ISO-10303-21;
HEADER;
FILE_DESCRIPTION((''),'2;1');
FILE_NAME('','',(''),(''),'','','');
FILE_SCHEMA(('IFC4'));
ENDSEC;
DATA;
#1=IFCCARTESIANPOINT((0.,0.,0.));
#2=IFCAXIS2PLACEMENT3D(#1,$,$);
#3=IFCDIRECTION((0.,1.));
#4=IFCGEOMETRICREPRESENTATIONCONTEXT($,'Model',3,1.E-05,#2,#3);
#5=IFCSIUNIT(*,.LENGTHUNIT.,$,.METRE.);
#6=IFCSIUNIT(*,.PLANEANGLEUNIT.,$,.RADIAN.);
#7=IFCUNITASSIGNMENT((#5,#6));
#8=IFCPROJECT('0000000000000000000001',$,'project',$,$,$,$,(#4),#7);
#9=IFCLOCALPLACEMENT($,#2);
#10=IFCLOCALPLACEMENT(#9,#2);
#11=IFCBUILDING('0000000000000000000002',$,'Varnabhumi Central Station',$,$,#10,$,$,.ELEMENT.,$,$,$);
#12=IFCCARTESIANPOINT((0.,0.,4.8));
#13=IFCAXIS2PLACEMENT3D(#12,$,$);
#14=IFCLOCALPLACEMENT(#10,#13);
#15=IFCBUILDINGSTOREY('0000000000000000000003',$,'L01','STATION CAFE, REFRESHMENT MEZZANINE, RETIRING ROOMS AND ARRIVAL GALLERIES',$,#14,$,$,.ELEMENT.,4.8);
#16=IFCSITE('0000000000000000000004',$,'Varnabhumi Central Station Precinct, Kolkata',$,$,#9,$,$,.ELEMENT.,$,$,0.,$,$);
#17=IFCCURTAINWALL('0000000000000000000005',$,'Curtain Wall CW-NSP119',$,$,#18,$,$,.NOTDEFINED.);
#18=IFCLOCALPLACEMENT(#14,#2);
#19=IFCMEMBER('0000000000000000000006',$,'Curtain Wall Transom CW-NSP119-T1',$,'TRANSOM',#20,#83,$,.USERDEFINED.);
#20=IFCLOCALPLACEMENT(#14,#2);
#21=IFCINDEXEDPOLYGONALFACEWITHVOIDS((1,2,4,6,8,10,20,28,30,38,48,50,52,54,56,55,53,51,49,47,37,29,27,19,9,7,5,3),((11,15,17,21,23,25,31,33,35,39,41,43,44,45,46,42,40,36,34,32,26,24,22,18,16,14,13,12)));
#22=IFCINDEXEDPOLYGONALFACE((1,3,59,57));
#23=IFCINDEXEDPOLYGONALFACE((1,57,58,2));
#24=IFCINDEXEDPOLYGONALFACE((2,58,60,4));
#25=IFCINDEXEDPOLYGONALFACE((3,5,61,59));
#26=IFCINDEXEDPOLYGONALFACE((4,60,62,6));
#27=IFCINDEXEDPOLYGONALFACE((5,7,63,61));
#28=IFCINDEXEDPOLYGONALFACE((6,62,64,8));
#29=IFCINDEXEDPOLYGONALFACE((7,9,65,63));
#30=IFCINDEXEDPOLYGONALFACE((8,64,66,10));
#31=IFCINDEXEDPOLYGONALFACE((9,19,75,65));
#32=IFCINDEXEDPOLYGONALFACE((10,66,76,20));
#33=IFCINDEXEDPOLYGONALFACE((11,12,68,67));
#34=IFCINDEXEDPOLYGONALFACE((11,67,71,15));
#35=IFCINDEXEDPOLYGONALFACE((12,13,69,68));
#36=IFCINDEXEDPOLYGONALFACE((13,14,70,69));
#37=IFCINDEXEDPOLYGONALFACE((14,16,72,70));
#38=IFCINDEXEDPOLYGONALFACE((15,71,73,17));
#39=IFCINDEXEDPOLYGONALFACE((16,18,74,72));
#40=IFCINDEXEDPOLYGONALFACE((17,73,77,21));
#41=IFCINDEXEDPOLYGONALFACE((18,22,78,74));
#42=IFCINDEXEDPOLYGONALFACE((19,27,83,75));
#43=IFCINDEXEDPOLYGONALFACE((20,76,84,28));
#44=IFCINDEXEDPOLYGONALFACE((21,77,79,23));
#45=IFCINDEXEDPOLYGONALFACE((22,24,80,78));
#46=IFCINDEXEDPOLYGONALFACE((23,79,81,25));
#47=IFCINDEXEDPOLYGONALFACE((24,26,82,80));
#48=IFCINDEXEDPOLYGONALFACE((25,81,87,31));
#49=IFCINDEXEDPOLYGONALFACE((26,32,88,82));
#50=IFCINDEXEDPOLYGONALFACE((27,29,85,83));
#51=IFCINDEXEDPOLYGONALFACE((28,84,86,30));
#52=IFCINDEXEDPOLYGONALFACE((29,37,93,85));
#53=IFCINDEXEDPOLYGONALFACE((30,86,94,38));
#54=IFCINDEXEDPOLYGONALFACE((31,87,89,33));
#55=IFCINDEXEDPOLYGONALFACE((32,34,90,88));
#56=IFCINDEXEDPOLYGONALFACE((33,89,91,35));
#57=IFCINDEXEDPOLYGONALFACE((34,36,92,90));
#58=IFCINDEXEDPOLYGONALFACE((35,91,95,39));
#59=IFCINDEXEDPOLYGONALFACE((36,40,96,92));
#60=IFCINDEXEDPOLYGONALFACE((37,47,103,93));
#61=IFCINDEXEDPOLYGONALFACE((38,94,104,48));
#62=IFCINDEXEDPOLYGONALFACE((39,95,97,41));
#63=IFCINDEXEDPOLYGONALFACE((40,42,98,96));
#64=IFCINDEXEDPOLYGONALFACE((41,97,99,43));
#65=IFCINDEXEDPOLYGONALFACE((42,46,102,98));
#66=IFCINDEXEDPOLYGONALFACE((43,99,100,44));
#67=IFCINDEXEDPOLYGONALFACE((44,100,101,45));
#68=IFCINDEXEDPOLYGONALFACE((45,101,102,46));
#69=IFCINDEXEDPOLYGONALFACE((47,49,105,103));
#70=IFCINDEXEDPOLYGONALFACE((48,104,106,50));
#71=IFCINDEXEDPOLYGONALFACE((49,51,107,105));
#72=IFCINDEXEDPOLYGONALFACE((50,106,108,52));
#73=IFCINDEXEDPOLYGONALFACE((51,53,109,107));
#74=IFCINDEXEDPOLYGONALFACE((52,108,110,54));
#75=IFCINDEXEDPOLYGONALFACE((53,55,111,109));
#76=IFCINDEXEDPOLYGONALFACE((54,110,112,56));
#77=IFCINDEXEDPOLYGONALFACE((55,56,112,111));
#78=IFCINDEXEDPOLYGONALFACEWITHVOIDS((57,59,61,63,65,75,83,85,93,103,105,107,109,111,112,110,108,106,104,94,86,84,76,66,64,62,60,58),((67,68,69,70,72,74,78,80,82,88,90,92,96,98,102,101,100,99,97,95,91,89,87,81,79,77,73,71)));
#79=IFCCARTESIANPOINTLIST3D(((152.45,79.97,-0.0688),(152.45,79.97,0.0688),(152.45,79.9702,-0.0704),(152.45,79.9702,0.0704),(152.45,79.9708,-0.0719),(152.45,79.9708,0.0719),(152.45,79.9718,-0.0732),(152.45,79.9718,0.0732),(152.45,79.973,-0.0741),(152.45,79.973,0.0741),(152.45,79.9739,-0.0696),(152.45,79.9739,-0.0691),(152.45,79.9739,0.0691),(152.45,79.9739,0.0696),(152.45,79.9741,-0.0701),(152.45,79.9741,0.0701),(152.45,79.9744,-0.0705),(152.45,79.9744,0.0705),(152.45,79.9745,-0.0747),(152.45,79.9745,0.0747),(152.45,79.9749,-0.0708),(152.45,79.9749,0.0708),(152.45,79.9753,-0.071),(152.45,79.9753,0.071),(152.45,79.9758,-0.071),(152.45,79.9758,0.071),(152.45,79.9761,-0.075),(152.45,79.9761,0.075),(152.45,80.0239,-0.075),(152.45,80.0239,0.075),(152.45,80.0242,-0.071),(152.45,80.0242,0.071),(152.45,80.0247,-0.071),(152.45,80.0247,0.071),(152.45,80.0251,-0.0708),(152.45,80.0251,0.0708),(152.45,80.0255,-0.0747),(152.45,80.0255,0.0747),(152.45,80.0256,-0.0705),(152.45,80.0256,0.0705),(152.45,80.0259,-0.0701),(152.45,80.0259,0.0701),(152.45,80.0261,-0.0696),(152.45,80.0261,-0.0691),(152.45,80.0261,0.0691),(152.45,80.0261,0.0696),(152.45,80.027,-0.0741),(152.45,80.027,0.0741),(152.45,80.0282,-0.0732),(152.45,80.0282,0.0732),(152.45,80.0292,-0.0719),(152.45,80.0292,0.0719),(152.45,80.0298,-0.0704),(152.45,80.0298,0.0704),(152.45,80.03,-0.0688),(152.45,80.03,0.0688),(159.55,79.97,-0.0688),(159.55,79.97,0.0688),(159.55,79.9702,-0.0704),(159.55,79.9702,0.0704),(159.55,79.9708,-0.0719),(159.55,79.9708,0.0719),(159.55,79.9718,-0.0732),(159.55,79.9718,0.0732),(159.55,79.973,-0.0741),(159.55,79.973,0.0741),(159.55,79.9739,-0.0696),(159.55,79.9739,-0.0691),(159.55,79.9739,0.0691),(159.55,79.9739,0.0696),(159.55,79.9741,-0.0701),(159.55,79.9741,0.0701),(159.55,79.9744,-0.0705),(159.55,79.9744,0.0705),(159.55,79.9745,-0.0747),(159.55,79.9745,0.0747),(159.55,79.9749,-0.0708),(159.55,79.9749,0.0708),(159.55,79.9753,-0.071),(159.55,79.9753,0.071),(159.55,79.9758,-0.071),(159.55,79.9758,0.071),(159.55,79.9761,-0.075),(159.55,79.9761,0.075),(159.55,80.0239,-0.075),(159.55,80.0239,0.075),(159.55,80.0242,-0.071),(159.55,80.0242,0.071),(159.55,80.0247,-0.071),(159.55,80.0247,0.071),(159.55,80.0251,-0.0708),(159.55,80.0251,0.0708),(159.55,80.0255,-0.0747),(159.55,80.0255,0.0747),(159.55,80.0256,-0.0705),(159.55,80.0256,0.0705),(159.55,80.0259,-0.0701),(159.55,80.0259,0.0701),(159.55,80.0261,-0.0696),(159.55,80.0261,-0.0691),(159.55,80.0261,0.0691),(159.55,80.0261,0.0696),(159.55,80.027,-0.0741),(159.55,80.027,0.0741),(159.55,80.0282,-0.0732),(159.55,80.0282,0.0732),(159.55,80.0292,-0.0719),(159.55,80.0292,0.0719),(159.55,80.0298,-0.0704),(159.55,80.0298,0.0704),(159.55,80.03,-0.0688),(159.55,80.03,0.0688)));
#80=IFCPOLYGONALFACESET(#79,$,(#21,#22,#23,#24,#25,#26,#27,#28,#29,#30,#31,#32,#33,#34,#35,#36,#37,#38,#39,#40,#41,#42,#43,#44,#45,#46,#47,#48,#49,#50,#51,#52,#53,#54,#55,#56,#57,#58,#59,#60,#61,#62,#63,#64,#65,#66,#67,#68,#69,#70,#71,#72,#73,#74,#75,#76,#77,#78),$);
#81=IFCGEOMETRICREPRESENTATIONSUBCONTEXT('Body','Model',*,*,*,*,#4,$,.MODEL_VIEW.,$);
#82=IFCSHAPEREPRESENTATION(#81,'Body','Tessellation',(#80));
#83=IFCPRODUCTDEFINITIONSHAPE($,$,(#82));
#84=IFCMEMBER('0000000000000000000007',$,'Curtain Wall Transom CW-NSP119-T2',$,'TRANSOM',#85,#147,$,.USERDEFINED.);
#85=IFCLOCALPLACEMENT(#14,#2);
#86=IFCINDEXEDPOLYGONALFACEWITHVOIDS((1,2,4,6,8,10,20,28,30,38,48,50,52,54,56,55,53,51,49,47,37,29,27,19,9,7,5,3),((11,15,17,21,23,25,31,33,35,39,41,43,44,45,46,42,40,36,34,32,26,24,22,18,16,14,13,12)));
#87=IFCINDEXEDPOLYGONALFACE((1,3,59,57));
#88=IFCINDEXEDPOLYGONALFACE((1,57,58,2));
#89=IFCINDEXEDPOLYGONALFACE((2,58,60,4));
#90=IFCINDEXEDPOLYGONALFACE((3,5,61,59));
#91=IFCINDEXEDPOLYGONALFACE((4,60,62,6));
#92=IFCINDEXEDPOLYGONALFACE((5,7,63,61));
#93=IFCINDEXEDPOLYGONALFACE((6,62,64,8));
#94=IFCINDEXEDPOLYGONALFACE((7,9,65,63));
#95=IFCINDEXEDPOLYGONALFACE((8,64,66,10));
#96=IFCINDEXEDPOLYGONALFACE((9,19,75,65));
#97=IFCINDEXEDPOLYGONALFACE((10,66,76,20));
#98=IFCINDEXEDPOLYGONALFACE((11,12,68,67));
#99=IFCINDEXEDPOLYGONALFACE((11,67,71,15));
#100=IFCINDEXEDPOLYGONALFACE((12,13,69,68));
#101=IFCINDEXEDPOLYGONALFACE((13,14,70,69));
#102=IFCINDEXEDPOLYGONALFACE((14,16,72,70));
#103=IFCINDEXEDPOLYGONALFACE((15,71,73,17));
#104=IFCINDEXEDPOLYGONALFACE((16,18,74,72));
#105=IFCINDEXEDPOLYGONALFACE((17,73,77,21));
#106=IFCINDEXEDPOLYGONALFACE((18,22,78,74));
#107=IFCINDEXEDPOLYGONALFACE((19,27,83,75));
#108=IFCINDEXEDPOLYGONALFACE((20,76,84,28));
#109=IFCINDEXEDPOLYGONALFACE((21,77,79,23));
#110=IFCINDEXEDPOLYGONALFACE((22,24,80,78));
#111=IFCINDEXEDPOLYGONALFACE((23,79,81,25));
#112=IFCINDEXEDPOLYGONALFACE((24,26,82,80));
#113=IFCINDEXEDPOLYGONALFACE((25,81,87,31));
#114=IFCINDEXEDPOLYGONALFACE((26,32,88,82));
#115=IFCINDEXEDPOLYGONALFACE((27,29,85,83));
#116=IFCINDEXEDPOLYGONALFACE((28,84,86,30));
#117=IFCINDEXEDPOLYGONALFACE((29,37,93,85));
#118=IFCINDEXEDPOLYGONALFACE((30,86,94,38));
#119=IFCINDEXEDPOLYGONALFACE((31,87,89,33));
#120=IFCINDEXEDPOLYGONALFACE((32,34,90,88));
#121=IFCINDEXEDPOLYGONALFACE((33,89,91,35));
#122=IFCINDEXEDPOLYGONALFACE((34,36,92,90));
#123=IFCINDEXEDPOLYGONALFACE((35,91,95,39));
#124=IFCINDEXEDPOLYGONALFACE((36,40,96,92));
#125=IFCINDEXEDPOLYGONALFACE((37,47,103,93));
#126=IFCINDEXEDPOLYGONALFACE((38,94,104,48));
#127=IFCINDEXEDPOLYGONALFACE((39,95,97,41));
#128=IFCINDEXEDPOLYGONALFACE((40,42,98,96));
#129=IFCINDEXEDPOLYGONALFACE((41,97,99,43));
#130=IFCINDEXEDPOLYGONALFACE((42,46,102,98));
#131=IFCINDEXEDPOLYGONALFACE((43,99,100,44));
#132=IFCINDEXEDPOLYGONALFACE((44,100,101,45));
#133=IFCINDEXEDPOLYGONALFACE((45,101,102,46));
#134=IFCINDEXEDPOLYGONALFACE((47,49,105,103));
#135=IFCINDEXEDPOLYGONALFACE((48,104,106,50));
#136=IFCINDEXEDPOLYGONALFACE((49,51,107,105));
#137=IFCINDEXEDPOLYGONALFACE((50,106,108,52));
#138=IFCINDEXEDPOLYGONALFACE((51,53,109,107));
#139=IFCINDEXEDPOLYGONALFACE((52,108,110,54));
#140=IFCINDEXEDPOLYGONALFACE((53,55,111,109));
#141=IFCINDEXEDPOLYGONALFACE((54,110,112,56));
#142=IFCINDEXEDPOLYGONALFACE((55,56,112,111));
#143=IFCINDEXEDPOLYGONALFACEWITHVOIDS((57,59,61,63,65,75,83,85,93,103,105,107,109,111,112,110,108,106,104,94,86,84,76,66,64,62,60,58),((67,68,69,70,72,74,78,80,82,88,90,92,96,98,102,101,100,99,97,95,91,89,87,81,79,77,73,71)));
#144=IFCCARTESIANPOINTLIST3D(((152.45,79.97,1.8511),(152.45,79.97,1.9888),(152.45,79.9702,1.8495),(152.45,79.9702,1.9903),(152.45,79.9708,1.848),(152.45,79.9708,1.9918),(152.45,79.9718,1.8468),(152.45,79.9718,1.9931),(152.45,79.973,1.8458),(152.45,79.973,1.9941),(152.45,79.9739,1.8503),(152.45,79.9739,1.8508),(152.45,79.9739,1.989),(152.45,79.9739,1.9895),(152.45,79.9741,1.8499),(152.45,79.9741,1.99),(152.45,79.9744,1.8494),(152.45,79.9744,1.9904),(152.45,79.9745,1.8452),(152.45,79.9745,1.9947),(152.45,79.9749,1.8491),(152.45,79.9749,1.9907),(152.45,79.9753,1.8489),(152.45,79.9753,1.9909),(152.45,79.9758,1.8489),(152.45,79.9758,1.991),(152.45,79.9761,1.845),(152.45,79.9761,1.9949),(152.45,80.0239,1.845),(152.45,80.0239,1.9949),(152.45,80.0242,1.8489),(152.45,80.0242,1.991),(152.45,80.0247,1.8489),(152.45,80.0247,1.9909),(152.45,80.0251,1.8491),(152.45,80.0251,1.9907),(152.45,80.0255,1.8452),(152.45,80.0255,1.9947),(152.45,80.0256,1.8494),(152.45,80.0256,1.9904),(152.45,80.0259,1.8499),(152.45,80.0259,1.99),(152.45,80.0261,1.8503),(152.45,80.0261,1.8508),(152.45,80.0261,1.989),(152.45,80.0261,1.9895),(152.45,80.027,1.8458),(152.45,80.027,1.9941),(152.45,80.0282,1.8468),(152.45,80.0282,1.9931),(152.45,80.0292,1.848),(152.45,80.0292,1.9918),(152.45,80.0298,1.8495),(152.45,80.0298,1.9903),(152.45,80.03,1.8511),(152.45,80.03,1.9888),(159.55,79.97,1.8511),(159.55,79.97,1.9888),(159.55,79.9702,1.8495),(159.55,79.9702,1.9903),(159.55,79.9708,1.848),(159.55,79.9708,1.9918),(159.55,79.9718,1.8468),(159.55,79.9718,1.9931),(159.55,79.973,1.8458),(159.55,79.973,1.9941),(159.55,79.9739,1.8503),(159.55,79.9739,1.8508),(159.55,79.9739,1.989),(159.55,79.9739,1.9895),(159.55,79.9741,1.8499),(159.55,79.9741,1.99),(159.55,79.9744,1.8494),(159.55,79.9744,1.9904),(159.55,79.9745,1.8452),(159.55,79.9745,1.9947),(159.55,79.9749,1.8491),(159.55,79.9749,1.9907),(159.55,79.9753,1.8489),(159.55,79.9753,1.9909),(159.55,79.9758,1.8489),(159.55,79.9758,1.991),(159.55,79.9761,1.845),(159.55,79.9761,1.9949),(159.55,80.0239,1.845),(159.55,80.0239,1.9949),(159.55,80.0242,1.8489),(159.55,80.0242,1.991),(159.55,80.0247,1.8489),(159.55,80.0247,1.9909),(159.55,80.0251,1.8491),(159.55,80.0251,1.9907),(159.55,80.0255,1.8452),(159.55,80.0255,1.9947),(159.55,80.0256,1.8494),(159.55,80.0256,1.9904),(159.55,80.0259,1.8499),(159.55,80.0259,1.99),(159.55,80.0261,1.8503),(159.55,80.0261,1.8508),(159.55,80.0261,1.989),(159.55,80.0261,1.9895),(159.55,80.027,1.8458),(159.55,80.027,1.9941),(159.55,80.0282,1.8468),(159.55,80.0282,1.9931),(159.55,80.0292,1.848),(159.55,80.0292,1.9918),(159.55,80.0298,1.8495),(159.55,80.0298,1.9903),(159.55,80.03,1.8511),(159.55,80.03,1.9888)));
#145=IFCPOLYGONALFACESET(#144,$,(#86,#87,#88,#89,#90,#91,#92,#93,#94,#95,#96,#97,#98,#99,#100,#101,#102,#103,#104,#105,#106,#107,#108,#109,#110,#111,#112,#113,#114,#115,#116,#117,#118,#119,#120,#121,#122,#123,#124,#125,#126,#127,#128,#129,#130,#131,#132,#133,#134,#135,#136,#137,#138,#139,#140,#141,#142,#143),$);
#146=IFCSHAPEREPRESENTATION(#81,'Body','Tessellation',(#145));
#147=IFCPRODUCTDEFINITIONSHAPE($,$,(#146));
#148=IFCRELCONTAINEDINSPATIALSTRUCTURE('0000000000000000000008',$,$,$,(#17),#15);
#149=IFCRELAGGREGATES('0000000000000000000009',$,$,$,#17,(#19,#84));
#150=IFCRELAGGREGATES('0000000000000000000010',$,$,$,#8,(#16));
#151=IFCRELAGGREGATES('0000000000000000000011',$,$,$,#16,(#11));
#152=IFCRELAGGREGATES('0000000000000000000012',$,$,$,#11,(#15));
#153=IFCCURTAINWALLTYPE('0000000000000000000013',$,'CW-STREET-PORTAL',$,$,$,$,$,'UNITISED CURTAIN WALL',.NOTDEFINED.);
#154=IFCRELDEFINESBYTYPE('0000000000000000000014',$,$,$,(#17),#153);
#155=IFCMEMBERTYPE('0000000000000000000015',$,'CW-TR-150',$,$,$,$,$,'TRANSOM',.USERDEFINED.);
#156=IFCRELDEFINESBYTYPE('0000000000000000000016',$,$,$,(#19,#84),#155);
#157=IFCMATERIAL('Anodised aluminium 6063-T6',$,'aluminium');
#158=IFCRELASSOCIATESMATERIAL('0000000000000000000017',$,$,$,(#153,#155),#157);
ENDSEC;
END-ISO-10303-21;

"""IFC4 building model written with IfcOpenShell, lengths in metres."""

from ifc_helpers import new_model, si_unit, direction, frame, origin, origin_2d, place, context, subcontext, project, spatial, hollow_rectangle, extrude, material, material_profile, profile_set, type_object, element, aggregate, save


model = new_model("IFC4")

# Units and contexts
model_context = context("Model", 3, precision=1e-05, world=origin(), true_north=direction((0.0, 1.0)))
body_context = subcontext(model_context, "Body", "Model", "MODEL_VIEW")
ifc_project = project(units=[si_unit("LENGTHUNIT", "METRE"), si_unit("PLANEANGLEUNIT", "RADIAN")], contexts=[model_context])

# Site, building, storey
site_placement = place(None, origin())
site = spatial("IfcSite", under=ifc_project, at=site_placement, Name="Varnabhumi Central Station Precinct, Kolkata", CompositionType="ELEMENT", RefElevation=0.0)
building_placement = place(site_placement, origin())
building = spatial("IfcBuilding", under=site, at=building_placement, Name="Varnabhumi Central Station", CompositionType="ELEMENT")
storey_placement = place(building_placement, frame((0.0, 0.0, 4.8)))
storey = spatial("IfcBuildingStorey", under=building, at=storey_placement, Name="L01", Description="STATION CAFE, REFRESHMENT MEZZANINE, RETIRING ROOMS AND ARRIVAL GALLERIES", CompositionType="ELEMENT", Elevation=4.8)

# Curtain wall, members
ifc_material_1 = material(Name="Anodised aluminium 6063-T6", Category="aluminium")
curtain_wall_type = type_object("IfcCurtainWallType", Name="CW-STREET-PORTAL", ElementType="UNITISED CURTAIN WALL", PredefinedType="NOTDEFINED", material=ifc_material_1)
curtain_wall_placement = place(storey_placement, origin())
curtain_wall = element("IfcCurtainWall", 1, at=curtain_wall_placement, inside=storey, type_object=curtain_wall_type, Name="Curtain Wall CW-NSP119", PredefinedType="NOTDEFINED")
ifc_material_profile_1 = material_profile(ifc_material_1, hollow_rectangle(XDim=0.0601, YDim=0.1499, WallThickness=0.0039, InnerFilletRadius=0.002, OuterFilletRadius=0.0061, at=origin_2d()), Name="Anodised aluminium 6063-T6", Category="aluminium")
ifc_profile_set_1 = profile_set([ifc_material_profile_1], Name="Anodised aluminium 6063-T6")
member_type_1 = type_object("IfcMemberType", Name="CW-TR-150", ElementType="TRANSOM", PredefinedType="USERDEFINED", material=ifc_profile_set_1)
member_1_placement = place(storey_placement, frame((152.45, 80.0, 0.0), z_axis=(1.0, 0.0, 0.0), x_axis=(0.0, 1.0, 0.0)))
member_1 = element("IfcMember", 2, at=member_1_placement, type_object=member_type_1, Name="Curtain Wall Transom CW-NSP119-T1", ObjectType="TRANSOM", PredefinedType="USERDEFINED", context=body_context, shape_type="SweptSolid", body=[
    extrude(hollow_rectangle(XDim=0.0601, YDim=0.1499, WallThickness=0.0039, InnerFilletRadius=0.002, OuterFilletRadius=0.0061, at=origin_2d()), origin(), (0.0, 0.0, 1.0), 7.1001),
])
member_2_placement = place(storey_placement, frame((152.45, 80.0, 1.9199), z_axis=(1.0, 0.0, 0.0), x_axis=(0.0, 1.0, 0.0)))
member_2 = element("IfcMember", 3, at=member_2_placement, type_object=member_type_1, Name="Curtain Wall Transom CW-NSP119-T2", ObjectType="TRANSOM", PredefinedType="USERDEFINED", context=body_context, shape_type="SweptSolid", body=[
    extrude(hollow_rectangle(XDim=0.0601, YDim=0.1499, WallThickness=0.0039, InnerFilletRadius=0.002, OuterFilletRadius=0.0061, at=origin_2d()), origin(), (0.0, 0.0, 1.0), 7.1001),
])
aggregate(curtain_wall, [member_1, member_2])

save(model, "model.ifc")
